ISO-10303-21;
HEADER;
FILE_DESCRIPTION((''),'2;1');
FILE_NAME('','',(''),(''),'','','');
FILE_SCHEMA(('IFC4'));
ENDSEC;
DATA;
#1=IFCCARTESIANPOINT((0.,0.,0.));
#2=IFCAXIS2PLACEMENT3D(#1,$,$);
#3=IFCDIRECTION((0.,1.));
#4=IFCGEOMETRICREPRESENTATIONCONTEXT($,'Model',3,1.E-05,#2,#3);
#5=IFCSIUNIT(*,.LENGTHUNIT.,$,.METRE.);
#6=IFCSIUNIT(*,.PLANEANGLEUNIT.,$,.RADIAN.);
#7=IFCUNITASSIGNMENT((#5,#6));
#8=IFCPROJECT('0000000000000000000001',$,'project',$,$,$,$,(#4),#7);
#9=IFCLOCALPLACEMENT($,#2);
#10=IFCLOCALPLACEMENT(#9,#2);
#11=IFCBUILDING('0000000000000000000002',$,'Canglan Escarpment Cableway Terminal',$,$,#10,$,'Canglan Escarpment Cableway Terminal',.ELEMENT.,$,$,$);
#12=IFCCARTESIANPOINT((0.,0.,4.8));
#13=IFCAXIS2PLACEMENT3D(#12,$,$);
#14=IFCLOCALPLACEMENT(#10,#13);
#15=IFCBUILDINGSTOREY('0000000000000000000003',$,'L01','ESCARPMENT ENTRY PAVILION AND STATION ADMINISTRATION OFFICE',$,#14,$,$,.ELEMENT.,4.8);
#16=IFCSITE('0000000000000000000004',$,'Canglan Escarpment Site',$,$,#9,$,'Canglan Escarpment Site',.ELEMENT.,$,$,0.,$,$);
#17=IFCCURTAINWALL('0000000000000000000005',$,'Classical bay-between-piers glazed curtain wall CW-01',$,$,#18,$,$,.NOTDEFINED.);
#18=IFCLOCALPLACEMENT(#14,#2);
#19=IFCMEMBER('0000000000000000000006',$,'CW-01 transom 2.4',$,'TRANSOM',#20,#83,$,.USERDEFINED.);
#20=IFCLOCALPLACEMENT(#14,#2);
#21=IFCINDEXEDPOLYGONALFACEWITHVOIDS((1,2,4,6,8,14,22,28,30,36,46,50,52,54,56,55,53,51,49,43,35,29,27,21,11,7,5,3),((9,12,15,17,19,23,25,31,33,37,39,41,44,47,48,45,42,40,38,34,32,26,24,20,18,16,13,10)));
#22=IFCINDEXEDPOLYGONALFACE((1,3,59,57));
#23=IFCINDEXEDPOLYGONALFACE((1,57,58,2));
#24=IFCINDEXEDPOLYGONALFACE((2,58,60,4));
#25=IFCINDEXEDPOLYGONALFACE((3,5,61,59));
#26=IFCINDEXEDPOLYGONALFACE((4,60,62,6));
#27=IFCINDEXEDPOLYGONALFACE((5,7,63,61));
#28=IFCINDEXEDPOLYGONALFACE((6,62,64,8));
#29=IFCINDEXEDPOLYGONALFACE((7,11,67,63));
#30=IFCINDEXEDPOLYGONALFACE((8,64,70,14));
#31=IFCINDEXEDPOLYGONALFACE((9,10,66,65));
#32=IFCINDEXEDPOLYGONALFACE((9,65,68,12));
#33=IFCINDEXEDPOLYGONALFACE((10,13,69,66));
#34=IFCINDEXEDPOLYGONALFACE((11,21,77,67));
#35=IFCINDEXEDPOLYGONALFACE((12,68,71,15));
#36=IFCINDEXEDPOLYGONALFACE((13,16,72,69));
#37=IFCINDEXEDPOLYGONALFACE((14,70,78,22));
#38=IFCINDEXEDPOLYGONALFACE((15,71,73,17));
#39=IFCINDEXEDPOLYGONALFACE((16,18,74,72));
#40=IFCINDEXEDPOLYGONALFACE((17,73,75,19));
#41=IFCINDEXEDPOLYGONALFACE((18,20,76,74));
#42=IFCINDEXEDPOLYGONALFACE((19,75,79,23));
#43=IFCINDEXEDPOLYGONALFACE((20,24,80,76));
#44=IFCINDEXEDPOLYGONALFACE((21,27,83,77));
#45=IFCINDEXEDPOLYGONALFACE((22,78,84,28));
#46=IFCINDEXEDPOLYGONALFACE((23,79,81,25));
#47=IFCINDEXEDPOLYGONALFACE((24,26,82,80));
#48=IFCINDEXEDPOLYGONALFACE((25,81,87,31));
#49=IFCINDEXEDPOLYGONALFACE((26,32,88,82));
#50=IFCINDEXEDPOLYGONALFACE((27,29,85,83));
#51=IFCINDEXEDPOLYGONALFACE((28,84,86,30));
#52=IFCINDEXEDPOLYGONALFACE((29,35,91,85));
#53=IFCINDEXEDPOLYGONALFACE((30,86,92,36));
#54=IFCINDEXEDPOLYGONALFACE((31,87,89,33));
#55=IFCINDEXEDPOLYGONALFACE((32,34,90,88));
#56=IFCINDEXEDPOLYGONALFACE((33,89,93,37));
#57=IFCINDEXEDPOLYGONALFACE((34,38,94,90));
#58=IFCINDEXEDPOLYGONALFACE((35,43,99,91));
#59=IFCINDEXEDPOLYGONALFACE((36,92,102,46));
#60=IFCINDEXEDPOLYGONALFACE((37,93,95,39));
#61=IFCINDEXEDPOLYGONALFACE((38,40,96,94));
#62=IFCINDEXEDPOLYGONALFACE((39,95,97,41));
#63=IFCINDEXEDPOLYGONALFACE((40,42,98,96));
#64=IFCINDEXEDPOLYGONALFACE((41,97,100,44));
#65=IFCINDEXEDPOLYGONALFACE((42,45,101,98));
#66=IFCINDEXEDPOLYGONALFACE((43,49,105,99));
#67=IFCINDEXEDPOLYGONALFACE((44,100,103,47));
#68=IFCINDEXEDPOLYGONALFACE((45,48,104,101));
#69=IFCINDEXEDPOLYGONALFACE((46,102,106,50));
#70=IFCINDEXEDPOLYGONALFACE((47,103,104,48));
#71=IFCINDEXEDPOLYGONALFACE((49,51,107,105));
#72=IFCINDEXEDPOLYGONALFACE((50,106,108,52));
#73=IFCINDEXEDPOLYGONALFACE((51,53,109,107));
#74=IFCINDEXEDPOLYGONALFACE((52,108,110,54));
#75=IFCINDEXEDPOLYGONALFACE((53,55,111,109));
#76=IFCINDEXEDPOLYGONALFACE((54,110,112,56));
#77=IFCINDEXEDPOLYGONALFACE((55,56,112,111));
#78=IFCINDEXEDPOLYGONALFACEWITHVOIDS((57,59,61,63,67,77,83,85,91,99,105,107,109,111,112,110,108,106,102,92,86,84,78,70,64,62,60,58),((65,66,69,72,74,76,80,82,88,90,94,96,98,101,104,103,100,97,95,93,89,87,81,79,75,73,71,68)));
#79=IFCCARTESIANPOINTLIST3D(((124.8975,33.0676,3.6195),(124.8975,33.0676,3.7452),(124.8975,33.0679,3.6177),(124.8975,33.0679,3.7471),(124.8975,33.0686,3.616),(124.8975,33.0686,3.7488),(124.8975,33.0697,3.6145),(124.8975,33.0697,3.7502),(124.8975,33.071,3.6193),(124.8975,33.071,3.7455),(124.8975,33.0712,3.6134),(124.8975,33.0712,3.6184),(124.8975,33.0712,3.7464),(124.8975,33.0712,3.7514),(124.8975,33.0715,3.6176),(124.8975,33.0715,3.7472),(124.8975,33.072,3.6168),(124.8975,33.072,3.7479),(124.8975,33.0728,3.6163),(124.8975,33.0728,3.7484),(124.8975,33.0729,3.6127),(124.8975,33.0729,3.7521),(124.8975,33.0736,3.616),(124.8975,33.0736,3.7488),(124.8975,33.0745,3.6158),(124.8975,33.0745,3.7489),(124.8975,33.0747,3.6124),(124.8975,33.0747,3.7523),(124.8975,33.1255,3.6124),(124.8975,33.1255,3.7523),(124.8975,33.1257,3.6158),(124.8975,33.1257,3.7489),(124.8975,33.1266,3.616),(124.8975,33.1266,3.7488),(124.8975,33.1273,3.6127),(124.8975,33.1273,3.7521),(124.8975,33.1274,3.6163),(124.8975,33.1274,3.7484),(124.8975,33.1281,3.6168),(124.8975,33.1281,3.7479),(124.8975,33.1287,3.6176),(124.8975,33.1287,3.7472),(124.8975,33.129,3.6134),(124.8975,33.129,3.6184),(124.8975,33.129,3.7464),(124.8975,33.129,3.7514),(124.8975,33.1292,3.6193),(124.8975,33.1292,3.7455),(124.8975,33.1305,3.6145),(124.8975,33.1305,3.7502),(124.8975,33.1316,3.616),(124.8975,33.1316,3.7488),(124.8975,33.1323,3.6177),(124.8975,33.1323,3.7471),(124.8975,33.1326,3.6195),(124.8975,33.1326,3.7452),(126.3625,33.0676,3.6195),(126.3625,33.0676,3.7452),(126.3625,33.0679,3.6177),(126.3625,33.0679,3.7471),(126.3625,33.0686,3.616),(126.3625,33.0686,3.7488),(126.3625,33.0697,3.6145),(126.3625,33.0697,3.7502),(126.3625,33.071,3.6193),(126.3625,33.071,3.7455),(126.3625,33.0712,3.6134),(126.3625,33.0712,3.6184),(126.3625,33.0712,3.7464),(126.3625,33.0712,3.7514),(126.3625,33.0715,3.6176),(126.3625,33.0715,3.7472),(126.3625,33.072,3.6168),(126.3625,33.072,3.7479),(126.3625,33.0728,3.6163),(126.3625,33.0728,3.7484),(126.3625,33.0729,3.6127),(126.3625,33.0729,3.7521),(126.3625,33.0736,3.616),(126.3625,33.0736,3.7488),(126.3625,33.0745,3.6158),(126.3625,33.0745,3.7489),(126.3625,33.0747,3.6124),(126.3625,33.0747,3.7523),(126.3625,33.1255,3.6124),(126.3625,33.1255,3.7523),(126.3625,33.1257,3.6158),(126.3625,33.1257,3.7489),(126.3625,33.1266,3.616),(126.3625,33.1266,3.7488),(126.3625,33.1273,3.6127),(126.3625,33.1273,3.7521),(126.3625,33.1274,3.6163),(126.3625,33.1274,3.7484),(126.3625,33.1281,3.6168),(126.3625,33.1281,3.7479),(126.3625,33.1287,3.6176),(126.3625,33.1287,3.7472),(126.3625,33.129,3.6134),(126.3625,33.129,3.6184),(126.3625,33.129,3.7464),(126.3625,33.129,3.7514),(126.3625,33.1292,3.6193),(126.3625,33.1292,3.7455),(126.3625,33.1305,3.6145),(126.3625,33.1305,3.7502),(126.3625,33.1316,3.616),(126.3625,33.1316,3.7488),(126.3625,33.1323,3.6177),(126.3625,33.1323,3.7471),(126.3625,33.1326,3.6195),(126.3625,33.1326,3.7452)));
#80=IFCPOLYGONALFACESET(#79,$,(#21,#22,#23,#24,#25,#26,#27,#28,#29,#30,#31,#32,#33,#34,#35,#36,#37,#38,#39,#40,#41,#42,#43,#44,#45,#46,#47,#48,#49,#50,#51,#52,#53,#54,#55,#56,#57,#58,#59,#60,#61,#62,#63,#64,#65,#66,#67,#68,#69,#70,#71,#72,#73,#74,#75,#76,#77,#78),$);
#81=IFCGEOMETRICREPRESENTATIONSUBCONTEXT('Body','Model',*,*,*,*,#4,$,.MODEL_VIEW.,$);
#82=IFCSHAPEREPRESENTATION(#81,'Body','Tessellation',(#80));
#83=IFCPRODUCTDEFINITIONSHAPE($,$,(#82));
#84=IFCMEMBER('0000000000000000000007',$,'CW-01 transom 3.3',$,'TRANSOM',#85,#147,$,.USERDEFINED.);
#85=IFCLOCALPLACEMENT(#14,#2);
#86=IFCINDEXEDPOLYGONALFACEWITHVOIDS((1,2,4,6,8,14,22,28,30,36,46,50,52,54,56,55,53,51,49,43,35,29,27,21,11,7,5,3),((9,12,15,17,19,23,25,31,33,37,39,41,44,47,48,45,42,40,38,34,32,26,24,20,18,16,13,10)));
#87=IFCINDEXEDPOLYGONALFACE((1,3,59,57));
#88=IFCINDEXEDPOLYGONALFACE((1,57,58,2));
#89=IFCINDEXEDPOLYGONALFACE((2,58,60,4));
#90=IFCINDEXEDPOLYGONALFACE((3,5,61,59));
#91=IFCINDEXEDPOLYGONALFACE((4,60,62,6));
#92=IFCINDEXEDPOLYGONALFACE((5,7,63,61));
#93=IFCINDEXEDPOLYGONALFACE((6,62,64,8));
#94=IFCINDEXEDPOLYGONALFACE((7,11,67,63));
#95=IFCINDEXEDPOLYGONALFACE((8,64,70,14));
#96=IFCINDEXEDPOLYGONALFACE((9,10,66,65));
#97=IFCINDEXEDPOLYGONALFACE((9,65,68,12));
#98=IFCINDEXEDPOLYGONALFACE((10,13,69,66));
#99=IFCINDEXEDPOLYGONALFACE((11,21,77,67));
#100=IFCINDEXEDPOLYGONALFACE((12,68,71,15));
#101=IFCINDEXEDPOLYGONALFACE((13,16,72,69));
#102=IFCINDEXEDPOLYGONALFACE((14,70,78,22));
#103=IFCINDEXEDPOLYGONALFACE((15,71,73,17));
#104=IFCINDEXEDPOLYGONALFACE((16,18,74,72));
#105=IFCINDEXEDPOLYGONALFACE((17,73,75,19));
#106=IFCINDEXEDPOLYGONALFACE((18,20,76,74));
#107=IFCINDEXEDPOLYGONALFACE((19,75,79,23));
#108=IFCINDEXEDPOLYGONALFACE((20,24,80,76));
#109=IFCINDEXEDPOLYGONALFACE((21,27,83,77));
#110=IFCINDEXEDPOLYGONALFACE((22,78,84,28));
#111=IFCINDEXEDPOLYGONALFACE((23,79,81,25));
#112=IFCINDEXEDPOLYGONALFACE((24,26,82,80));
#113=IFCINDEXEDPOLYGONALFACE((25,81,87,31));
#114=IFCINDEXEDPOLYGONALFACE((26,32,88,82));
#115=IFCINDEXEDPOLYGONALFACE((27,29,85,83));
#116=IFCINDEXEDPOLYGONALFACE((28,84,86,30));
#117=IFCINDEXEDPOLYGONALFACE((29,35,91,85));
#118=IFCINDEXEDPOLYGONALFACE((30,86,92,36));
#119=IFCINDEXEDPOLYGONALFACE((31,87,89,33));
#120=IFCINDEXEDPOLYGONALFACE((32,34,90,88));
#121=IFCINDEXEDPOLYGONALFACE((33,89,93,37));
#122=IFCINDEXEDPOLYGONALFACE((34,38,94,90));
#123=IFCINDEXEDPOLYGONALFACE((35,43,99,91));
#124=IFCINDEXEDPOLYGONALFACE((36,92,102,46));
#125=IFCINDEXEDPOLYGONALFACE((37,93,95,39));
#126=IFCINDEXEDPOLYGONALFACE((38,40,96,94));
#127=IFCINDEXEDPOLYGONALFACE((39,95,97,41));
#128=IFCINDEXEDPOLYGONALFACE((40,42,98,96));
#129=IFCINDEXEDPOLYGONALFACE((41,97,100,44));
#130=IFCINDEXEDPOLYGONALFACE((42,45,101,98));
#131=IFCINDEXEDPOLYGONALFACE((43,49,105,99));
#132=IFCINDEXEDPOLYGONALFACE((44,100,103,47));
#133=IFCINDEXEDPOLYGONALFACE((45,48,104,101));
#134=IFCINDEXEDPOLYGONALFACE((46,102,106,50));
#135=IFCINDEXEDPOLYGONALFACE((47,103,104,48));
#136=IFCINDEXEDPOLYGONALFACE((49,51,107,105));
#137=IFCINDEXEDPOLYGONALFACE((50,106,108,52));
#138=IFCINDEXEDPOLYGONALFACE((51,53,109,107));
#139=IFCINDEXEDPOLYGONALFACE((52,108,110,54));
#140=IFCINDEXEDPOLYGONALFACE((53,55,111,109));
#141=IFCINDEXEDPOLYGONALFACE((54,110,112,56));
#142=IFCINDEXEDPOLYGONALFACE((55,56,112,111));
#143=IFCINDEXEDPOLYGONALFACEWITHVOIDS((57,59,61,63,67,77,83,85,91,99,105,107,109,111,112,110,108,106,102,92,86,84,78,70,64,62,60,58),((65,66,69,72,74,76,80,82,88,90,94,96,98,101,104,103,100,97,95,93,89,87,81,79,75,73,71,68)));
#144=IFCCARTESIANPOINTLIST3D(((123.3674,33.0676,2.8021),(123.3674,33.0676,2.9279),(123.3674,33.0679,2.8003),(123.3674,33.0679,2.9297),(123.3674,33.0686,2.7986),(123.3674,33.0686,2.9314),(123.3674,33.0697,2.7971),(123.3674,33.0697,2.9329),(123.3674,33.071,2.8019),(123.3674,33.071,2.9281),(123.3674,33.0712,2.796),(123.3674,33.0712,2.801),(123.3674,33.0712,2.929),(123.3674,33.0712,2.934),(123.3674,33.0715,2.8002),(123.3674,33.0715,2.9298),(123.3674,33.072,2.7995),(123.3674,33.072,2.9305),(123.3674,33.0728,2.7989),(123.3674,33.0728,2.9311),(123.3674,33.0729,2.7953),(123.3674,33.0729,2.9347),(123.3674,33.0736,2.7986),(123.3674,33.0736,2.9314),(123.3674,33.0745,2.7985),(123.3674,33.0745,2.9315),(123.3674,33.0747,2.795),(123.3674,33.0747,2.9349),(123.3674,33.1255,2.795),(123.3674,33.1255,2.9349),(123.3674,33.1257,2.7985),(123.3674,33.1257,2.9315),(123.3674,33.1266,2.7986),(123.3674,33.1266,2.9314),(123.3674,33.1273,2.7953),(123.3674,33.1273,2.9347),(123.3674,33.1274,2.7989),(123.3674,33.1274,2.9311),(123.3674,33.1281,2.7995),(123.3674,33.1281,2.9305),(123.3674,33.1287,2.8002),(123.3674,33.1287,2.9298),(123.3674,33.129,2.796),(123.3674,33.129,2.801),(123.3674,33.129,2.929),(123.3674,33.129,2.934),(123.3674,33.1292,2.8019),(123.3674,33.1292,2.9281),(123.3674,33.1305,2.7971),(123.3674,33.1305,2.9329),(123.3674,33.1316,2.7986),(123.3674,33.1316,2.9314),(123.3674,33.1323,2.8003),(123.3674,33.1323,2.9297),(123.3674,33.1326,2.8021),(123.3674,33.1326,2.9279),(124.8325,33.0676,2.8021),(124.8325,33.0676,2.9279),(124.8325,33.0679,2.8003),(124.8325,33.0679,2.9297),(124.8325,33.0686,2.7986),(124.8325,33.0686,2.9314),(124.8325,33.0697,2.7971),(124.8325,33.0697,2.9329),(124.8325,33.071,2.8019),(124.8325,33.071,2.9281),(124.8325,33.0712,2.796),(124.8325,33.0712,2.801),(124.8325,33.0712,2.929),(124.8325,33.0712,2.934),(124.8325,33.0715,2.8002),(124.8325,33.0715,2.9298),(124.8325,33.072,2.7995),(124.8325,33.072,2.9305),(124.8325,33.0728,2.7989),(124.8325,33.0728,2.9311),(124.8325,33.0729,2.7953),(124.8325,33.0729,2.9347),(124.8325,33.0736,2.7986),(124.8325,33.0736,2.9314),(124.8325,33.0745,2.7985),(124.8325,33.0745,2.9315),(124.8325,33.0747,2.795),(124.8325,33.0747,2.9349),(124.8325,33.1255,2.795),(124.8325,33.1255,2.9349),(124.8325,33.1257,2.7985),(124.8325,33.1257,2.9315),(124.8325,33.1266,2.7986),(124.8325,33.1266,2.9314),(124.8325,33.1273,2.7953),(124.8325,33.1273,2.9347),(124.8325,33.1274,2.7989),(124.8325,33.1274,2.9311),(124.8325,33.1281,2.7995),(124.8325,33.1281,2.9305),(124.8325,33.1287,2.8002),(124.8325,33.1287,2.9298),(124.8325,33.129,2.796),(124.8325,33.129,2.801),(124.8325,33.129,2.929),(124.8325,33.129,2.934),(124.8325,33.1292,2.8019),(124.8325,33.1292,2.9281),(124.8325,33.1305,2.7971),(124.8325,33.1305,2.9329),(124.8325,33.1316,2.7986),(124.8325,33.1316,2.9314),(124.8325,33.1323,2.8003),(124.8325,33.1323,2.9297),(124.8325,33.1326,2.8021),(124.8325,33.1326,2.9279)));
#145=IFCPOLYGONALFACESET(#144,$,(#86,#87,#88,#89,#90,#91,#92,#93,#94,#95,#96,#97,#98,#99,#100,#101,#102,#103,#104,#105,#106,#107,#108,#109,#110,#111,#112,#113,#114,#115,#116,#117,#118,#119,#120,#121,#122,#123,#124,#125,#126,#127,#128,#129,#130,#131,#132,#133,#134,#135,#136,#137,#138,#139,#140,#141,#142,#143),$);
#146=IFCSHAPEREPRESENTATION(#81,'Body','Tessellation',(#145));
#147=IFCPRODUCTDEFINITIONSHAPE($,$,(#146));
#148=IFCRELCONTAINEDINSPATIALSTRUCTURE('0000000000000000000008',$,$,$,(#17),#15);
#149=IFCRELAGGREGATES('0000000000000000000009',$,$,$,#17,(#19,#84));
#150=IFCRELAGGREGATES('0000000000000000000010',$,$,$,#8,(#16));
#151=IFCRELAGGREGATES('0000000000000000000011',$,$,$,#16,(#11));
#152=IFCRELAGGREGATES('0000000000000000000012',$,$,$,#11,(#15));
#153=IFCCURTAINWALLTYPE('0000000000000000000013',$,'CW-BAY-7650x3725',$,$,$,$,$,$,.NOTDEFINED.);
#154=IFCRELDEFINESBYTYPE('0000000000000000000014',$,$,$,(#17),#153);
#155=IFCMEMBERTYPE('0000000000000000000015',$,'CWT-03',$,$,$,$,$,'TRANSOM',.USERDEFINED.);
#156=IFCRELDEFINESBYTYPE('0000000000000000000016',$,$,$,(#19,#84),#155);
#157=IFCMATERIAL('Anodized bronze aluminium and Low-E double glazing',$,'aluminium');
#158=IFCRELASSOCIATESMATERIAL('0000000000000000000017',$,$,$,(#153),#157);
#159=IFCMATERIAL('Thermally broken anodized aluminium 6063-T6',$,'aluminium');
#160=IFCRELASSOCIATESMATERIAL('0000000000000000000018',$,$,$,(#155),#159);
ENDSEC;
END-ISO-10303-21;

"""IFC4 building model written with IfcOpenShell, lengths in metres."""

from ifc_helpers import new_model, si_unit, direction, frame, origin, origin_2d, place, context, subcontext, project, spatial, hollow_rectangle, extrude, material, material_profile, profile_set, type_object, element, aggregate, save


model = new_model("IFC4")

# Units and contexts
model_context = context("Model", 3, precision=1e-05, world=origin(), true_north=direction((0.0, 1.0)))
body_context = subcontext(model_context, "Body", "Model", "MODEL_VIEW")
ifc_project = project(units=[si_unit("LENGTHUNIT", "METRE"), si_unit("PLANEANGLEUNIT", "RADIAN")], contexts=[model_context])

# Site, building, storey
site_placement = place(None, origin())
site = spatial("IfcSite", under=ifc_project, at=site_placement, Name="Canglan Escarpment Site", LongName="Canglan Escarpment Site", CompositionType="ELEMENT", RefElevation=0.0)
building_placement = place(site_placement, origin())
building = spatial("IfcBuilding", under=site, at=building_placement, Name="Canglan Escarpment Cableway Terminal", LongName="Canglan Escarpment Cableway Terminal", CompositionType="ELEMENT")
storey_placement = place(building_placement, frame((0.0, 0.0, 4.8)))
storey = spatial("IfcBuildingStorey", under=building, at=storey_placement, Name="L01", Description="ESCARPMENT ENTRY PAVILION AND STATION ADMINISTRATION OFFICE", CompositionType="ELEMENT", Elevation=4.8)

# Curtain wall, members
ifc_material_1 = material(Name="Anodized bronze aluminium and Low-E double glazing", Category="aluminium")
curtain_wall_type = type_object("IfcCurtainWallType", Name="CW-BAY-7650x3725", PredefinedType="NOTDEFINED", material=ifc_material_1)
curtain_wall_placement = place(storey_placement, origin())
curtain_wall = element("IfcCurtainWall", 1, at=curtain_wall_placement, inside=storey, type_object=curtain_wall_type, Name="Classical bay-between-piers glazed curtain wall CW-01", PredefinedType="NOTDEFINED")
ifc_material_2 = material(Name="Thermally broken anodized aluminium 6063-T6", Category="aluminium")
ifc_material_profile_1 = material_profile(ifc_material_2, hollow_rectangle(XDim=0.0649, YDim=0.1399, WallThickness=0.0034, InnerFilletRadius=0.0034, OuterFilletRadius=0.0071, at=origin_2d()), Name="ALU-TRAN 65x140x3.5")
ifc_profile_set_1 = profile_set([ifc_material_profile_1], Name="Thermally broken anodized aluminium 6063-T6")
member_type_1 = type_object("IfcMemberType", Name="CWT-03", ElementType="TRANSOM", PredefinedType="USERDEFINED", material=ifc_profile_set_1)
member_1_placement = place(storey_placement, frame((126.3625, 33.1001, 3.6824), z_axis=(-1.0, 0.0, 0.0), x_axis=(0.0, -1.0, 0.0)))
member_1 = element("IfcMember", 2, at=member_1_placement, type_object=member_type_1, Name="CW-01 transom 2.4", ObjectType="TRANSOM", PredefinedType="USERDEFINED", context=body_context, shape_type="SweptSolid", body=[
    extrude(hollow_rectangle(XDim=0.0649, YDim=0.1399, WallThickness=0.0034, InnerFilletRadius=0.0034, OuterFilletRadius=0.0071, at=origin_2d()), origin(), (0.0, 0.0, 1.0), 1.4651),
])
member_2_placement = place(storey_placement, frame((124.8325, 33.1001, 2.865), z_axis=(-1.0, 0.0, 0.0), x_axis=(0.0, -1.0, 0.0)))
member_2 = element("IfcMember", 3, at=member_2_placement, type_object=member_type_1, Name="CW-01 transom 3.3", ObjectType="TRANSOM", PredefinedType="USERDEFINED", context=body_context, shape_type="SweptSolid", body=[
    extrude(hollow_rectangle(XDim=0.0649, YDim=0.1399, WallThickness=0.0034, InnerFilletRadius=0.0034, OuterFilletRadius=0.0071, at=origin_2d()), origin(), (0.0, 0.0, 1.0), 1.4651),
])

aggregate(curtain_wall, [member_1, member_2])

save(model, "model.ifc")
